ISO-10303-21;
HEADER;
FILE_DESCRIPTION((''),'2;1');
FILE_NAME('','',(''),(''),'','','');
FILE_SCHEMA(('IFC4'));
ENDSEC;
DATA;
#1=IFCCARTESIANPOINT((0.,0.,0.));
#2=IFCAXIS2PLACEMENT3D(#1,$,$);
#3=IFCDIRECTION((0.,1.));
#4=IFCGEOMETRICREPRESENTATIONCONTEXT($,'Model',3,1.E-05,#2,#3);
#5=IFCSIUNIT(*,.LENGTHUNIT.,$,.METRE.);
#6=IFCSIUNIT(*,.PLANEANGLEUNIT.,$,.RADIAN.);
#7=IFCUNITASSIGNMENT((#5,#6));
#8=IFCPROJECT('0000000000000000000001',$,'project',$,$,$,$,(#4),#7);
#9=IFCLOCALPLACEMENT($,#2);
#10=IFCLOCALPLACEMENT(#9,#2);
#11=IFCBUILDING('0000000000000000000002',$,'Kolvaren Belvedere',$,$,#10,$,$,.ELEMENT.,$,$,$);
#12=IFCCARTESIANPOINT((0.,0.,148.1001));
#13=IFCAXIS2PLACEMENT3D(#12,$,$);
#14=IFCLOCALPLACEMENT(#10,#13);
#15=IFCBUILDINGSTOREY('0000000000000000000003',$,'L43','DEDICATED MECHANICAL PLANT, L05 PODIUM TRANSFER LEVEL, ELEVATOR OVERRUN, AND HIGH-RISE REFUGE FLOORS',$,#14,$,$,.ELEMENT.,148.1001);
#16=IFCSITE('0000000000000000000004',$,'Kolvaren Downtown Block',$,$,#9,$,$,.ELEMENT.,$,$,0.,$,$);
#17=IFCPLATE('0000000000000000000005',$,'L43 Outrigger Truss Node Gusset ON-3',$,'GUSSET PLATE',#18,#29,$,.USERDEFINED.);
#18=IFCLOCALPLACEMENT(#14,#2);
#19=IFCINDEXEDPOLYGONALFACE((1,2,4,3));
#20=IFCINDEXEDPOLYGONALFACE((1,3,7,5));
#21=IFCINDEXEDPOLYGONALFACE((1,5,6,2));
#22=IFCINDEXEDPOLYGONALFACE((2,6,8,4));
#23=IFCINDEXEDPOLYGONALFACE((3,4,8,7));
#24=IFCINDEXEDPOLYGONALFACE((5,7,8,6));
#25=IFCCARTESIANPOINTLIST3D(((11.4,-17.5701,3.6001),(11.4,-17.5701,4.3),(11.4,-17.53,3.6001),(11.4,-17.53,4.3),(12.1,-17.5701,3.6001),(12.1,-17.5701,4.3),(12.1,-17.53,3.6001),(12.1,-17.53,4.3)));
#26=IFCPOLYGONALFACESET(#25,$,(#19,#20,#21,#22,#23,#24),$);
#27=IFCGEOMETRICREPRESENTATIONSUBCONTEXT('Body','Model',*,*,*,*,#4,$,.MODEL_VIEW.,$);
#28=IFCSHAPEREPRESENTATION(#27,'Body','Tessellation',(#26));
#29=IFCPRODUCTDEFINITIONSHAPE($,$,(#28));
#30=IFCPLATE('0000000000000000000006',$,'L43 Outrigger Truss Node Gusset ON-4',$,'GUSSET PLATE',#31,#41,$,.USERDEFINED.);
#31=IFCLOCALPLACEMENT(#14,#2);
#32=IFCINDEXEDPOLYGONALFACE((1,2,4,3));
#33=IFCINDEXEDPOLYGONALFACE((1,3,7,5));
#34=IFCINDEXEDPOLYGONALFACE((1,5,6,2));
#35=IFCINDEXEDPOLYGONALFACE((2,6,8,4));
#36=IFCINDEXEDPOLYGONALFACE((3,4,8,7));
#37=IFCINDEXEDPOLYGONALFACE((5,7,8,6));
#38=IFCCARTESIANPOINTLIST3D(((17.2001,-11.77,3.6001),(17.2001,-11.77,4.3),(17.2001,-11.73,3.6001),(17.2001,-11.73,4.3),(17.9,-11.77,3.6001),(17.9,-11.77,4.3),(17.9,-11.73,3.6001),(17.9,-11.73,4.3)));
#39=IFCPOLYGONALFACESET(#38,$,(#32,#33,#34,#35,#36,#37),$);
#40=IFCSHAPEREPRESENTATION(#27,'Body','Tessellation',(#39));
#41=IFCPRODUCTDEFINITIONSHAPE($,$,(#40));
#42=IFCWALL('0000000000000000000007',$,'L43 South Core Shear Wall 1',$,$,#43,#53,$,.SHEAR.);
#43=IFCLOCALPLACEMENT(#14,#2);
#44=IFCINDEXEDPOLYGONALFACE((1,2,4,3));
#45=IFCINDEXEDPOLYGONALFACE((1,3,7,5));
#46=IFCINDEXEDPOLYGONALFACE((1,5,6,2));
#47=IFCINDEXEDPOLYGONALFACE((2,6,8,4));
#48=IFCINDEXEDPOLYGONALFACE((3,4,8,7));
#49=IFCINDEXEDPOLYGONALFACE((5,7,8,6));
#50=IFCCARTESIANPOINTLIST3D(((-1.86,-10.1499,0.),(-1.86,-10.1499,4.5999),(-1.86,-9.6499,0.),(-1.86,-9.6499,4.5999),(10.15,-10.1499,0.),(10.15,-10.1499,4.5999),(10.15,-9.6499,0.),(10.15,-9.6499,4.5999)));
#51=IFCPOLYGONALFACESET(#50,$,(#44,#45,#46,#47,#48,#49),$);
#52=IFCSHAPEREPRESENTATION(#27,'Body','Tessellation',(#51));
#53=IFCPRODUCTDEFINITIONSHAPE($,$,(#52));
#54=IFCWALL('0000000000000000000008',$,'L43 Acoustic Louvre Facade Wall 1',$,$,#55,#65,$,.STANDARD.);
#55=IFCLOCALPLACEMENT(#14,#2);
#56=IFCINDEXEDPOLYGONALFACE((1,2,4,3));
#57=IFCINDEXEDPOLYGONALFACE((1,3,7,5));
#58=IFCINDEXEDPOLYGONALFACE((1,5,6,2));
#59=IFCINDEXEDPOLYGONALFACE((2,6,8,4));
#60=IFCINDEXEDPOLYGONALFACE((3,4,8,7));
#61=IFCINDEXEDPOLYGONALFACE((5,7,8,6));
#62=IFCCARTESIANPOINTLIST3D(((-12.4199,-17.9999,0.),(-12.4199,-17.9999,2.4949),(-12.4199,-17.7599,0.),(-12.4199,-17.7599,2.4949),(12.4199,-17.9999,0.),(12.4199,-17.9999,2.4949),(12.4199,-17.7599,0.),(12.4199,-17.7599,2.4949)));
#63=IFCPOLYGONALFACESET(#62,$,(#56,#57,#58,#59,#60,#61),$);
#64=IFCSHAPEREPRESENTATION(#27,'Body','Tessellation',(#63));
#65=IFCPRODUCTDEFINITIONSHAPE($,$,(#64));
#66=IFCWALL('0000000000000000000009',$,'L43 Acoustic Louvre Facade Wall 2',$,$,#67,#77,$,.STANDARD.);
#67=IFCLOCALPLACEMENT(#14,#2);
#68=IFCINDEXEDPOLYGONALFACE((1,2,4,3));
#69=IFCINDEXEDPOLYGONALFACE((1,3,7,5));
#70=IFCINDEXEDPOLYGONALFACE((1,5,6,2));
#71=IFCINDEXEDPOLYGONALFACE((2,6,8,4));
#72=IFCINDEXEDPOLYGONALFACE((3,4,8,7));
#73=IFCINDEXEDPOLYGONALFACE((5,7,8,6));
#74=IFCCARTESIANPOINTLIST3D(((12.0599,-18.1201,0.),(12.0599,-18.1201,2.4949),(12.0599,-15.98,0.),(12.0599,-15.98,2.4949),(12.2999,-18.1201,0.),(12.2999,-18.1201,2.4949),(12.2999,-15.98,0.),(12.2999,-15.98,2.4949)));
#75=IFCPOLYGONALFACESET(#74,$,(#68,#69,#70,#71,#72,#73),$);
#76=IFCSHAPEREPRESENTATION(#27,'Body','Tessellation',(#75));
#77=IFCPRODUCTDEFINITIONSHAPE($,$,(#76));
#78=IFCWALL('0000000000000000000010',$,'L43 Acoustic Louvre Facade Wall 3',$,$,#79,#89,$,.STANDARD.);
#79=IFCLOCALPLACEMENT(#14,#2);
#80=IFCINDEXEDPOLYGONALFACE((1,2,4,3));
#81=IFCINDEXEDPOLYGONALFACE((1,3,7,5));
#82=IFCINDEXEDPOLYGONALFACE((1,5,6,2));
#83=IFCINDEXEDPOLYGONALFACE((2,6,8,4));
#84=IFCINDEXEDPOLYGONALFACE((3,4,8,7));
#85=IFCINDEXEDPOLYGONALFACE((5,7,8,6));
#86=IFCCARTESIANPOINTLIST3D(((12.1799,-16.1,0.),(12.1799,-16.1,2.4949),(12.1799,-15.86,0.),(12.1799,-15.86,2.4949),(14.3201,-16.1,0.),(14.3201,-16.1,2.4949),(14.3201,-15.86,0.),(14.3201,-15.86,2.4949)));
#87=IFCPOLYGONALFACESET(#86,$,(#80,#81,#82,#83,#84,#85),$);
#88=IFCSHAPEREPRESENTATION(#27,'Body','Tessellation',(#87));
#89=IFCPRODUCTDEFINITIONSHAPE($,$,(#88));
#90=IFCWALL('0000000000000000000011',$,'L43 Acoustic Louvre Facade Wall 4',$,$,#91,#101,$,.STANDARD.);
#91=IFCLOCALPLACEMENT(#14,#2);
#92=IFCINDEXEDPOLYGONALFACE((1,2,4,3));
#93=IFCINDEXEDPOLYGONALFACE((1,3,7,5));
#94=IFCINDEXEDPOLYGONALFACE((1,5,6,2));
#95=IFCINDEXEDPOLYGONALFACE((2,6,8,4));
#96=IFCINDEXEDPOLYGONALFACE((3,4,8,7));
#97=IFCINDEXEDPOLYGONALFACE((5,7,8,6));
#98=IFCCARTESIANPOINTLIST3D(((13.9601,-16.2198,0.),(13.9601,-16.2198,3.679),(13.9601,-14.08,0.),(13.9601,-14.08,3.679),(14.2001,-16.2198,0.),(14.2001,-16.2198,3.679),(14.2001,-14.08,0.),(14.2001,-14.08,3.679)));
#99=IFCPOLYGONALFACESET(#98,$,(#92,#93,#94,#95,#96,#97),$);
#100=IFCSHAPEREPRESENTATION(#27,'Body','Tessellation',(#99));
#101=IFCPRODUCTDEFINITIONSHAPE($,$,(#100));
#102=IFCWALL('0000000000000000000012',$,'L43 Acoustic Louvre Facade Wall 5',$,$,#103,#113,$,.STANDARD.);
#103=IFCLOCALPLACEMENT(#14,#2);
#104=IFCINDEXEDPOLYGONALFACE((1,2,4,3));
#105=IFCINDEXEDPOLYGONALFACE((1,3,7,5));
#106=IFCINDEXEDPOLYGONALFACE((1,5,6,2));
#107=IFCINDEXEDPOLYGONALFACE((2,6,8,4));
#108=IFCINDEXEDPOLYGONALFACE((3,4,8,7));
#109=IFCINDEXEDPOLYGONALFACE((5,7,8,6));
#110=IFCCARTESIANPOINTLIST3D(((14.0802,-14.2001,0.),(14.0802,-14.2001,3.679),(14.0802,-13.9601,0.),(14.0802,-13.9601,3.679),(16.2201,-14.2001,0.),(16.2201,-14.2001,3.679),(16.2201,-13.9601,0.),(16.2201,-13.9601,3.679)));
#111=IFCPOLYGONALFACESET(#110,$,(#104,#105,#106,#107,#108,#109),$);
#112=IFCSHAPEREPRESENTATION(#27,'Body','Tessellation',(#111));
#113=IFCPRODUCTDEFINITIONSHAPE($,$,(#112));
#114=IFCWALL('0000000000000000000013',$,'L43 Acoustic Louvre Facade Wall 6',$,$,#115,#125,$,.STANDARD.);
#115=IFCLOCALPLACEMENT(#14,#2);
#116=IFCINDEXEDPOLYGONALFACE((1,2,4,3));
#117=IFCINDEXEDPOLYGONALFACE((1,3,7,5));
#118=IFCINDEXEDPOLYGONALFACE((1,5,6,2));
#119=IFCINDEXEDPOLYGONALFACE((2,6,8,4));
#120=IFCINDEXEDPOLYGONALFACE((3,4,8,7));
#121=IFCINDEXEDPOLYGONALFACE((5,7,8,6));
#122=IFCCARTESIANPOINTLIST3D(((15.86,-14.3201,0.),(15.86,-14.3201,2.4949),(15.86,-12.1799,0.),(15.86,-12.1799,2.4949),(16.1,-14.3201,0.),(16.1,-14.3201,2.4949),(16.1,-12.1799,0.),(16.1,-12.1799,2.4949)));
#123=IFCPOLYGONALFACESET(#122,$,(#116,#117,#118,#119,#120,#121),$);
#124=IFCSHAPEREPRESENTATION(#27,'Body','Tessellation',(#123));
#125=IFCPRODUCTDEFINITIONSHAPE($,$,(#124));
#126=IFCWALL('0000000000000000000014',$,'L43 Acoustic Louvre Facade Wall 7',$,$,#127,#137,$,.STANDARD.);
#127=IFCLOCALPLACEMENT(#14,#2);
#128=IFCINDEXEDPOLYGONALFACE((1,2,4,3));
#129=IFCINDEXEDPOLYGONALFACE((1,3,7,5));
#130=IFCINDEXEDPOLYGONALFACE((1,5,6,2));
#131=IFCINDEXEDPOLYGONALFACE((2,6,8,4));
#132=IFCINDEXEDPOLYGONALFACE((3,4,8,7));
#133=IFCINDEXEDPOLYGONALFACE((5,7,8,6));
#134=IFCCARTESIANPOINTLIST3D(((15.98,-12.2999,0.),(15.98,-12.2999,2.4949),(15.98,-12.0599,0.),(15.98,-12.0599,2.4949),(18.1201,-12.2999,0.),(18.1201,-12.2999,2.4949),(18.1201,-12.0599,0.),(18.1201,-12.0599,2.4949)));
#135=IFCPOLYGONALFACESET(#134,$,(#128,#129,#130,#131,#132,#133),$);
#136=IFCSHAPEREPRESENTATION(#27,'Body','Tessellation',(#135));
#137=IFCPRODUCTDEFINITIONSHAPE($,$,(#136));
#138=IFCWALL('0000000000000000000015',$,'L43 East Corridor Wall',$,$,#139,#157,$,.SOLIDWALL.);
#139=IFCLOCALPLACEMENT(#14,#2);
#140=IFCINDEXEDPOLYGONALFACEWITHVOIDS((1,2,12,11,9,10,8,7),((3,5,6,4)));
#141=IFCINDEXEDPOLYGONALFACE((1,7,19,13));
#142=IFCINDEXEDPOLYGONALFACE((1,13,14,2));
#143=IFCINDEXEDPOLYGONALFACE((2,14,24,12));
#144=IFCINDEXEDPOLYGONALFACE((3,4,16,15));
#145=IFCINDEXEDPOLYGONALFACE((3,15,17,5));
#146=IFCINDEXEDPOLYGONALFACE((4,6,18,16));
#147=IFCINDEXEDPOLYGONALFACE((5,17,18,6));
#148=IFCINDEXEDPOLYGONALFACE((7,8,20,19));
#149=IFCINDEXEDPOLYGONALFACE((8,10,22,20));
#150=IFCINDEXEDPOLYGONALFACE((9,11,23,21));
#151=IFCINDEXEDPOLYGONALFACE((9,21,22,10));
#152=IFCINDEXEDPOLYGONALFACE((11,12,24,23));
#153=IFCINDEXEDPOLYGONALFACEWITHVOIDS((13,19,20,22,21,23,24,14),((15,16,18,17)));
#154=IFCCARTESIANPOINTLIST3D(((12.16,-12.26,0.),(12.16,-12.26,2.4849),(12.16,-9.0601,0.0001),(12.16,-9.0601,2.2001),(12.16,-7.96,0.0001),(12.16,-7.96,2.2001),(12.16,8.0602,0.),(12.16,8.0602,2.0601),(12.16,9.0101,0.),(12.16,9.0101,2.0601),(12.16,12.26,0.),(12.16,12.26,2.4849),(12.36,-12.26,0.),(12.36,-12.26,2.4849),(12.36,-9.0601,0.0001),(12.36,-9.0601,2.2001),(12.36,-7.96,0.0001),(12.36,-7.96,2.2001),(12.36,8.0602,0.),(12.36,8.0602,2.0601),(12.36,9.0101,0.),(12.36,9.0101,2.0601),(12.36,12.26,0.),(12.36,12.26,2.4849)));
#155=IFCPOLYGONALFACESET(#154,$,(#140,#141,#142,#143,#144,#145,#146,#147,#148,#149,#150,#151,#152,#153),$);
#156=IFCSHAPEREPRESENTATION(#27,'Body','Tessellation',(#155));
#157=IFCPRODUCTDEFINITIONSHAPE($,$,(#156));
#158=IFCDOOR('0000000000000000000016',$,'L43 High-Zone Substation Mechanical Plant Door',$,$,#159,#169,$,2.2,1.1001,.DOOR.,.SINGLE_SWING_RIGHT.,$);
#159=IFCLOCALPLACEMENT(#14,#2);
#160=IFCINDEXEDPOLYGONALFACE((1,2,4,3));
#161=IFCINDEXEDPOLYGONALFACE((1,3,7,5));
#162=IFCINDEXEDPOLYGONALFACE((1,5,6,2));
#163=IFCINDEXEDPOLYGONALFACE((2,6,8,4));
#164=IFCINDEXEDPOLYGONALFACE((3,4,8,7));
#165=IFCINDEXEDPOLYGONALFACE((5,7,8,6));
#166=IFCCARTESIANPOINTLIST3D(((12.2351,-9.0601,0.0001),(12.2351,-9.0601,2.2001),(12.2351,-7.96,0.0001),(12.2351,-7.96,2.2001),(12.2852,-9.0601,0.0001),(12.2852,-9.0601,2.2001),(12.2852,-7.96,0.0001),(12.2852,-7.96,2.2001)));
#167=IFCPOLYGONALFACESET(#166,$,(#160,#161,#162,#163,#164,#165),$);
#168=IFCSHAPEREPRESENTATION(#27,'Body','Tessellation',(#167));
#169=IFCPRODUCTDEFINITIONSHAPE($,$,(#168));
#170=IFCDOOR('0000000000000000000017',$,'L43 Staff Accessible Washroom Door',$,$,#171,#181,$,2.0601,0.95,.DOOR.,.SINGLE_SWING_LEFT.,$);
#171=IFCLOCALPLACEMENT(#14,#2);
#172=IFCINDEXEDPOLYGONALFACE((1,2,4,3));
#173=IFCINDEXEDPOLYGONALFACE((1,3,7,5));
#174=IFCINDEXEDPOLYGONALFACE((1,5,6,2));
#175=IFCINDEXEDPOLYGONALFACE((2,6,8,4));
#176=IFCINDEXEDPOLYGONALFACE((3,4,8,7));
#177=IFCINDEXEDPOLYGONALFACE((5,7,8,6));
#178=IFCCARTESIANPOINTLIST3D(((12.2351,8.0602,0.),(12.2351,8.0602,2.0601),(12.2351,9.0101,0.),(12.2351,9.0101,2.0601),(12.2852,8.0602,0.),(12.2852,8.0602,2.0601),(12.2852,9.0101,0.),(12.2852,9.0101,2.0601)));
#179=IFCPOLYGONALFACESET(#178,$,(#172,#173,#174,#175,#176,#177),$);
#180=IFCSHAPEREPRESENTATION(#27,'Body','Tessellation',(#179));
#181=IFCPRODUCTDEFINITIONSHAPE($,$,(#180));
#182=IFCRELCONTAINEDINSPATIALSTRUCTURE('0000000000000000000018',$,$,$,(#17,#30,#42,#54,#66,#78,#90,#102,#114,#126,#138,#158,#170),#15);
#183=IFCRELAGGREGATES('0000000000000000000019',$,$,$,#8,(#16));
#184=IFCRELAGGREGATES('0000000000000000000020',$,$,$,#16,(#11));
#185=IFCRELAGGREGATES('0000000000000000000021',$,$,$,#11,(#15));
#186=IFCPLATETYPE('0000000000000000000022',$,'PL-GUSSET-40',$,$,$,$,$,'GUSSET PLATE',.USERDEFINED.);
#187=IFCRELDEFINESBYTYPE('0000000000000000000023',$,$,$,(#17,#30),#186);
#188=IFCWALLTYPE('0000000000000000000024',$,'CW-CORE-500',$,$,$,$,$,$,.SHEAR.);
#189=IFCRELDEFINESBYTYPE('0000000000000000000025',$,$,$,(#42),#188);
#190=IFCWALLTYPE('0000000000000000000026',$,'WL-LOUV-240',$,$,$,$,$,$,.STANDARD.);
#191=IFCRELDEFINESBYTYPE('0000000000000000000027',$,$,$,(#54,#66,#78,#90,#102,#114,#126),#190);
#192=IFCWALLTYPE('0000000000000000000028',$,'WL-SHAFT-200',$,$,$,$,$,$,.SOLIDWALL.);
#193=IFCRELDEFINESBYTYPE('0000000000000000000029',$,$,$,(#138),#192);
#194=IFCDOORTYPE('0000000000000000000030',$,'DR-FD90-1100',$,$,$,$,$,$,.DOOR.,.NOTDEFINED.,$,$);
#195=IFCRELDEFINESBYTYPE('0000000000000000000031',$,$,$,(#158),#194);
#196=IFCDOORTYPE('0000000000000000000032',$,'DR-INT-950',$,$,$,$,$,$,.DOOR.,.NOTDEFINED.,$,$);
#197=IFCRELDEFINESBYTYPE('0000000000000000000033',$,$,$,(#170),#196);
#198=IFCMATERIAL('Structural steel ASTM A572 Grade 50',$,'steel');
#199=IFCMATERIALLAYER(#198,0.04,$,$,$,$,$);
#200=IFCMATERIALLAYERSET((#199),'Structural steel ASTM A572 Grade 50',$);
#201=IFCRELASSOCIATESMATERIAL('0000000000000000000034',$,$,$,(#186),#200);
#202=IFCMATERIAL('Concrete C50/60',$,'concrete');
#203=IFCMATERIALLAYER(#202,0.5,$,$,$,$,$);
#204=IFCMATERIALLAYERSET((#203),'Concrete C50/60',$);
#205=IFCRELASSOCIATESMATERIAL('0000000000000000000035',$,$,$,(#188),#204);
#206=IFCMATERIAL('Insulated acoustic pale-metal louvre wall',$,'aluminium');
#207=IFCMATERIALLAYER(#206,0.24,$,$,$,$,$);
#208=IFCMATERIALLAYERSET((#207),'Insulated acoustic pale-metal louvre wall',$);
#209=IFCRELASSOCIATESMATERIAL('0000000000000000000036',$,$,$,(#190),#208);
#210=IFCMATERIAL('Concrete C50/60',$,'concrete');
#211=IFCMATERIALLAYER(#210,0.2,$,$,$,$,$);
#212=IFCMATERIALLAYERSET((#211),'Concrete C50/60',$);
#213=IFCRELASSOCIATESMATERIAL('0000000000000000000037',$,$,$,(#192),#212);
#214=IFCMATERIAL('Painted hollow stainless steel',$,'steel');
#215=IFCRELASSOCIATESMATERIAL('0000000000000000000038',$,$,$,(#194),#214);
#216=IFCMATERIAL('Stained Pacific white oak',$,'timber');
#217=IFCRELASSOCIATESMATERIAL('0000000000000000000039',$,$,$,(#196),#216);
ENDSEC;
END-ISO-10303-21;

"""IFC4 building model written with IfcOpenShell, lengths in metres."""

from ifc_helpers import new_model, si_unit, direction, frame, frame_2d, origin, origin_2d, place, context, subcontext, project, spatial, rectangle, extrude, material, layer, layer_set, type_object, element, fill, save


model = new_model("IFC4")

# Units and contexts
model_context = context("Model", 3, precision=1e-05, world=origin(), true_north=direction((0.0, 1.0)))
body_context = subcontext(model_context, "Body", "Model", "MODEL_VIEW")
ifc_project = project(units=[si_unit("LENGTHUNIT", "METRE"), si_unit("PLANEANGLEUNIT", "RADIAN")], contexts=[model_context])

# Site, building, storey
site_placement = place(None, origin())
site = spatial("IfcSite", under=ifc_project, at=site_placement, Name="Kolvaren Downtown Block", CompositionType="ELEMENT", RefElevation=0.0)
building_placement = place(site_placement, origin())
building = spatial("IfcBuilding", under=site, at=building_placement, Name="Kolvaren Belvedere", CompositionType="ELEMENT")
storey_placement = place(building_placement, frame((0.0, 0.0, 148.1001)))
storey = spatial("IfcBuildingStorey", under=building, at=storey_placement, Name="L43", Description="DEDICATED MECHANICAL PLANT, L05 PODIUM TRANSFER LEVEL, ELEVATOR OVERRUN, AND HIGH-RISE REFUGE FLOORS", CompositionType="ELEMENT", Elevation=148.1001)

# Plates
ifc_material_1 = material(Name="Structural steel ASTM A572 Grade 50", Category="steel")
ifc_layer_1 = layer(ifc_material_1, 0.04)
ifc_layer_set_1 = layer_set([ifc_layer_1], Name="Structural steel ASTM A572 Grade 50")
plate_type_1 = type_object("IfcPlateType", Name="PL-GUSSET-40", ElementType="GUSSET PLATE", PredefinedType="USERDEFINED", material=ifc_layer_set_1)
for number, where, z_axis, x_axis, name in (
    (1, (11.75, -17.55, 3.6001), (0.0, 0.0, 1.0), (1.0, 0.0, 0.0), "L43 Outrigger Truss Node Gusset ON-3"),
    (2, (17.55, -11.75, 3.6001), (0.0, 0.0, 1.0), (1.0, 0.0, 0.0), "L43 Outrigger Truss Node Gusset ON-4"),
):
    element("IfcPlate", number, at=place(storey_placement, frame(where, z_axis=z_axis, x_axis=x_axis)), inside=storey, type_object=plate_type_1, Name=name, ObjectType="GUSSET PLATE", PredefinedType="USERDEFINED", context=body_context, shape_type="SweptSolid", body=[
        extrude(rectangle(XDim=0.7, YDim=0.04, at=origin_2d()), origin(), (0.0, 0.0, 1.0), 0.7),
    ])

# Walls
ifc_material_2 = material(Name="Concrete C50/60", Category="concrete")
ifc_layer_2 = layer(ifc_material_2, 0.5)
ifc_layer_set_2 = layer_set([ifc_layer_2], Name="Concrete C50/60")
wall_type_1 = type_object("IfcWallType", Name="CW-CORE-500", PredefinedType="SHEAR", material=ifc_layer_set_2)
wall_1_placement = place(storey_placement, frame((10.1499, -9.8999, 0.0), z_axis=(0.0, 0.0, 1.0), x_axis=(-1.0, 0.0, 0.0)))
element("IfcWall", 3, at=wall_1_placement, inside=storey, type_object=wall_type_1, Name="L43 South Core Shear Wall 1", PredefinedType="SHEAR", context=body_context, shape_type="SweptSolid", body=[
    extrude(rectangle(XDim=12.01, YDim=0.5, at=frame_2d((6.0049, 0.0))), origin(), (0.0, 0.0, 1.0), 4.5999),
])
ifc_material_3 = material(Name="Insulated acoustic pale-metal louvre wall", Category="aluminium")
ifc_layer_3 = layer(ifc_material_3, 0.24)
ifc_layer_set_3 = layer_set([ifc_layer_3], Name="Insulated acoustic pale-metal louvre wall")
wall_type_2 = type_object("IfcWallType", Name="WL-LOUV-240", PredefinedType="STANDARD", material=ifc_layer_set_3)
wall_2_placement = place(storey_placement, frame((12.4199, -17.8799, 0.0), z_axis=(0.0, 0.0, 1.0), x_axis=(-1.0, 0.0, 0.0)))
element("IfcWall", 4, at=wall_2_placement, inside=storey, type_object=wall_type_2, Name="L43 Acoustic Louvre Facade Wall 1", PredefinedType="STANDARD", context=body_context, shape_type="SweptSolid", body=[
    extrude(rectangle(XDim=24.8398, YDim=0.24, at=frame_2d((12.4199, 0.0))), origin(), (0.0, 0.0, 1.0), 2.4949),
])
for number, where, z_axis, x_axis, name in (
    (5, (12.1799, -15.98, 0.0), (0.0, 0.0, 1.0), (0.0, -1.0, 0.0), "L43 Acoustic Louvre Facade Wall 2"),
    (6, (14.3201, -15.98, 0.0), (0.0, 0.0, 1.0), (-1.0, 0.0, 0.0), "L43 Acoustic Louvre Facade Wall 3"),
):
    element("IfcWall", number, at=place(storey_placement, frame(where, z_axis=z_axis, x_axis=x_axis)), inside=storey, type_object=wall_type_2, Name=name, PredefinedType="STANDARD", context=body_context, shape_type="SweptSolid", body=[
        extrude(rectangle(XDim=2.1401, YDim=0.24, at=frame_2d((1.0701, 0.0))), origin(), (0.0, 0.0, 1.0), 2.4949),
    ])
for number, where, z_axis, x_axis, name in (
    (7, (14.0801, -14.0801, 0.0), (0.0, 0.0, 1.0), (0.0, -1.0, 0.0), "L43 Acoustic Louvre Facade Wall 4"),
    (8, (16.22, -14.0801, 0.0), (0.0, 0.0, 1.0), (-1.0, 0.0, 0.0), "L43 Acoustic Louvre Facade Wall 5"),
):
    element("IfcWall", number, at=place(storey_placement, frame(where, z_axis=z_axis, x_axis=x_axis)), inside=storey, type_object=wall_type_2, Name=name, PredefinedType="STANDARD", context=body_context, shape_type="SweptSolid", body=[
        extrude(rectangle(XDim=2.1399, YDim=0.24, at=frame_2d((1.0698, 0.0))), origin(), (0.0, 0.0, 1.0), 3.679),
    ])
for number, where, z_axis, x_axis, name in (
    (9, (15.98, -12.1799, 0.0), (0.0, 0.0, 1.0), (0.0, -1.0, 0.0), "L43 Acoustic Louvre Facade Wall 6"),
    (10, (18.1201, -12.1799, 0.0), (0.0, 0.0, 1.0), (-1.0, 0.0, 0.0), "L43 Acoustic Louvre Facade Wall 7"),
):
    element("IfcWall", number, at=place(storey_placement, frame(where, z_axis=z_axis, x_axis=x_axis)), inside=storey, type_object=wall_type_2, Name=name, PredefinedType="STANDARD", context=body_context, shape_type="SweptSolid", body=[
        extrude(rectangle(XDim=2.1401, YDim=0.24, at=frame_2d((1.0701, 0.0))), origin(), (0.0, 0.0, 1.0), 2.4949),
    ])

# Wall, openings, doors
ifc_material_4 = material(Name="Concrete C50/60", Category="concrete")
ifc_layer_4 = layer(ifc_material_4, 0.2)
ifc_layer_set_4 = layer_set([ifc_layer_4], Name="Concrete C50/60")
wall_type_3 = type_object("IfcWallType", Name="WL-SHAFT-200", PredefinedType="SOLIDWALL", material=ifc_layer_set_4)
wall_3_placement = place(storey_placement, frame((12.26, -12.26, 0.0), z_axis=(0.0, 0.0, 1.0), x_axis=(0.0, 1.0, 0.0)))
wall_3 = element("IfcWall", 11, at=wall_3_placement, inside=storey, type_object=wall_type_3, Name="L43 East Corridor Wall", PredefinedType="SOLIDWALL", context=body_context, shape_type="SweptSolid", body=[
    extrude(rectangle(XDim=24.52, YDim=0.2, at=frame_2d((12.26, 0.0))), origin(), (0.0, 0.0, 1.0), 2.4849),
])
opening_1_placement = place(wall_3_placement, frame((3.2, 0.0, 0.0)))
opening_1 = element("IfcOpeningElement", 12, at=opening_1_placement, cuts=wall_3, PredefinedType="OPENING", context=body_context, shape_type="SweptSolid", body=[
    extrude(rectangle(XDim=1.1001, YDim=2.2, at=frame_2d((0.55, 1.1001))), frame((0.0, 0.1099, 0.0), z_axis=(0.0, -1.0, 0.0), x_axis=(1.0, 0.0, 0.0)), (0.0, 0.0, 1.0), 0.22),
])
opening_2_placement = place(wall_3_placement, frame((20.3201, 0.0, 0.0)))
opening_2 = element("IfcOpeningElement", 13, at=opening_2_placement, cuts=wall_3, PredefinedType="OPENING", context=body_context, shape_type="SweptSolid", body=[
    extrude(rectangle(XDim=0.95, YDim=2.0601, at=frame_2d((0.4751, 1.03))), frame((0.0, 0.1099, 0.0), z_axis=(0.0, -1.0, 0.0), x_axis=(1.0, 0.0, 0.0)), (0.0, 0.0, 1.0), 0.22),
])
ifc_material_5 = material(Name="Painted hollow stainless steel", Category="steel")
door_type_1 = type_object("IfcDoorType", Name="DR-FD90-1100", OperationType="NOTDEFINED", PredefinedType="DOOR", material=ifc_material_5)
door_1_placement = place(opening_1_placement, origin())
door_1 = element("IfcDoor", 14, at=door_1_placement, inside=storey, type_object=door_type_1, Name="L43 High-Zone Substation Mechanical Plant Door", OperationType="SINGLE_SWING_RIGHT", OverallHeight=2.2, OverallWidth=1.1001, PredefinedType="DOOR", context=body_context, shape_type="SweptSolid", body=[
    extrude(rectangle(XDim=1.1001, YDim=2.2, at=frame_2d((0.55, 1.1001))), frame((0.0, 0.0249, 0.0), z_axis=(0.0, -1.0, 0.0), x_axis=(1.0, 0.0, 0.0)), (0.0, 0.0, 1.0), 0.05),
])
fill(opening_1, door_1)
ifc_material_6 = material(Name="Stained Pacific white oak", Category="timber")
door_type_2 = type_object("IfcDoorType", Name="DR-INT-950", OperationType="NOTDEFINED", PredefinedType="DOOR", material=ifc_material_6)
door_2_placement = place(opening_2_placement, origin())
door_2 = element("IfcDoor", 15, at=door_2_placement, inside=storey, type_object=door_type_2, Name="L43 Staff Accessible Washroom Door", OperationType="SINGLE_SWING_LEFT", OverallHeight=2.0601, OverallWidth=0.95, PredefinedType="DOOR", context=body_context, shape_type="SweptSolid", body=[
    extrude(rectangle(XDim=0.95, YDim=2.0601, at=frame_2d((0.4751, 1.03))), frame((0.0, 0.0249, 0.0), z_axis=(0.0, -1.0, 0.0), x_axis=(1.0, 0.0, 0.0)), (0.0, 0.0, 1.0), 0.05),
])
fill(opening_2, door_2)

save(model, "model.ifc")
